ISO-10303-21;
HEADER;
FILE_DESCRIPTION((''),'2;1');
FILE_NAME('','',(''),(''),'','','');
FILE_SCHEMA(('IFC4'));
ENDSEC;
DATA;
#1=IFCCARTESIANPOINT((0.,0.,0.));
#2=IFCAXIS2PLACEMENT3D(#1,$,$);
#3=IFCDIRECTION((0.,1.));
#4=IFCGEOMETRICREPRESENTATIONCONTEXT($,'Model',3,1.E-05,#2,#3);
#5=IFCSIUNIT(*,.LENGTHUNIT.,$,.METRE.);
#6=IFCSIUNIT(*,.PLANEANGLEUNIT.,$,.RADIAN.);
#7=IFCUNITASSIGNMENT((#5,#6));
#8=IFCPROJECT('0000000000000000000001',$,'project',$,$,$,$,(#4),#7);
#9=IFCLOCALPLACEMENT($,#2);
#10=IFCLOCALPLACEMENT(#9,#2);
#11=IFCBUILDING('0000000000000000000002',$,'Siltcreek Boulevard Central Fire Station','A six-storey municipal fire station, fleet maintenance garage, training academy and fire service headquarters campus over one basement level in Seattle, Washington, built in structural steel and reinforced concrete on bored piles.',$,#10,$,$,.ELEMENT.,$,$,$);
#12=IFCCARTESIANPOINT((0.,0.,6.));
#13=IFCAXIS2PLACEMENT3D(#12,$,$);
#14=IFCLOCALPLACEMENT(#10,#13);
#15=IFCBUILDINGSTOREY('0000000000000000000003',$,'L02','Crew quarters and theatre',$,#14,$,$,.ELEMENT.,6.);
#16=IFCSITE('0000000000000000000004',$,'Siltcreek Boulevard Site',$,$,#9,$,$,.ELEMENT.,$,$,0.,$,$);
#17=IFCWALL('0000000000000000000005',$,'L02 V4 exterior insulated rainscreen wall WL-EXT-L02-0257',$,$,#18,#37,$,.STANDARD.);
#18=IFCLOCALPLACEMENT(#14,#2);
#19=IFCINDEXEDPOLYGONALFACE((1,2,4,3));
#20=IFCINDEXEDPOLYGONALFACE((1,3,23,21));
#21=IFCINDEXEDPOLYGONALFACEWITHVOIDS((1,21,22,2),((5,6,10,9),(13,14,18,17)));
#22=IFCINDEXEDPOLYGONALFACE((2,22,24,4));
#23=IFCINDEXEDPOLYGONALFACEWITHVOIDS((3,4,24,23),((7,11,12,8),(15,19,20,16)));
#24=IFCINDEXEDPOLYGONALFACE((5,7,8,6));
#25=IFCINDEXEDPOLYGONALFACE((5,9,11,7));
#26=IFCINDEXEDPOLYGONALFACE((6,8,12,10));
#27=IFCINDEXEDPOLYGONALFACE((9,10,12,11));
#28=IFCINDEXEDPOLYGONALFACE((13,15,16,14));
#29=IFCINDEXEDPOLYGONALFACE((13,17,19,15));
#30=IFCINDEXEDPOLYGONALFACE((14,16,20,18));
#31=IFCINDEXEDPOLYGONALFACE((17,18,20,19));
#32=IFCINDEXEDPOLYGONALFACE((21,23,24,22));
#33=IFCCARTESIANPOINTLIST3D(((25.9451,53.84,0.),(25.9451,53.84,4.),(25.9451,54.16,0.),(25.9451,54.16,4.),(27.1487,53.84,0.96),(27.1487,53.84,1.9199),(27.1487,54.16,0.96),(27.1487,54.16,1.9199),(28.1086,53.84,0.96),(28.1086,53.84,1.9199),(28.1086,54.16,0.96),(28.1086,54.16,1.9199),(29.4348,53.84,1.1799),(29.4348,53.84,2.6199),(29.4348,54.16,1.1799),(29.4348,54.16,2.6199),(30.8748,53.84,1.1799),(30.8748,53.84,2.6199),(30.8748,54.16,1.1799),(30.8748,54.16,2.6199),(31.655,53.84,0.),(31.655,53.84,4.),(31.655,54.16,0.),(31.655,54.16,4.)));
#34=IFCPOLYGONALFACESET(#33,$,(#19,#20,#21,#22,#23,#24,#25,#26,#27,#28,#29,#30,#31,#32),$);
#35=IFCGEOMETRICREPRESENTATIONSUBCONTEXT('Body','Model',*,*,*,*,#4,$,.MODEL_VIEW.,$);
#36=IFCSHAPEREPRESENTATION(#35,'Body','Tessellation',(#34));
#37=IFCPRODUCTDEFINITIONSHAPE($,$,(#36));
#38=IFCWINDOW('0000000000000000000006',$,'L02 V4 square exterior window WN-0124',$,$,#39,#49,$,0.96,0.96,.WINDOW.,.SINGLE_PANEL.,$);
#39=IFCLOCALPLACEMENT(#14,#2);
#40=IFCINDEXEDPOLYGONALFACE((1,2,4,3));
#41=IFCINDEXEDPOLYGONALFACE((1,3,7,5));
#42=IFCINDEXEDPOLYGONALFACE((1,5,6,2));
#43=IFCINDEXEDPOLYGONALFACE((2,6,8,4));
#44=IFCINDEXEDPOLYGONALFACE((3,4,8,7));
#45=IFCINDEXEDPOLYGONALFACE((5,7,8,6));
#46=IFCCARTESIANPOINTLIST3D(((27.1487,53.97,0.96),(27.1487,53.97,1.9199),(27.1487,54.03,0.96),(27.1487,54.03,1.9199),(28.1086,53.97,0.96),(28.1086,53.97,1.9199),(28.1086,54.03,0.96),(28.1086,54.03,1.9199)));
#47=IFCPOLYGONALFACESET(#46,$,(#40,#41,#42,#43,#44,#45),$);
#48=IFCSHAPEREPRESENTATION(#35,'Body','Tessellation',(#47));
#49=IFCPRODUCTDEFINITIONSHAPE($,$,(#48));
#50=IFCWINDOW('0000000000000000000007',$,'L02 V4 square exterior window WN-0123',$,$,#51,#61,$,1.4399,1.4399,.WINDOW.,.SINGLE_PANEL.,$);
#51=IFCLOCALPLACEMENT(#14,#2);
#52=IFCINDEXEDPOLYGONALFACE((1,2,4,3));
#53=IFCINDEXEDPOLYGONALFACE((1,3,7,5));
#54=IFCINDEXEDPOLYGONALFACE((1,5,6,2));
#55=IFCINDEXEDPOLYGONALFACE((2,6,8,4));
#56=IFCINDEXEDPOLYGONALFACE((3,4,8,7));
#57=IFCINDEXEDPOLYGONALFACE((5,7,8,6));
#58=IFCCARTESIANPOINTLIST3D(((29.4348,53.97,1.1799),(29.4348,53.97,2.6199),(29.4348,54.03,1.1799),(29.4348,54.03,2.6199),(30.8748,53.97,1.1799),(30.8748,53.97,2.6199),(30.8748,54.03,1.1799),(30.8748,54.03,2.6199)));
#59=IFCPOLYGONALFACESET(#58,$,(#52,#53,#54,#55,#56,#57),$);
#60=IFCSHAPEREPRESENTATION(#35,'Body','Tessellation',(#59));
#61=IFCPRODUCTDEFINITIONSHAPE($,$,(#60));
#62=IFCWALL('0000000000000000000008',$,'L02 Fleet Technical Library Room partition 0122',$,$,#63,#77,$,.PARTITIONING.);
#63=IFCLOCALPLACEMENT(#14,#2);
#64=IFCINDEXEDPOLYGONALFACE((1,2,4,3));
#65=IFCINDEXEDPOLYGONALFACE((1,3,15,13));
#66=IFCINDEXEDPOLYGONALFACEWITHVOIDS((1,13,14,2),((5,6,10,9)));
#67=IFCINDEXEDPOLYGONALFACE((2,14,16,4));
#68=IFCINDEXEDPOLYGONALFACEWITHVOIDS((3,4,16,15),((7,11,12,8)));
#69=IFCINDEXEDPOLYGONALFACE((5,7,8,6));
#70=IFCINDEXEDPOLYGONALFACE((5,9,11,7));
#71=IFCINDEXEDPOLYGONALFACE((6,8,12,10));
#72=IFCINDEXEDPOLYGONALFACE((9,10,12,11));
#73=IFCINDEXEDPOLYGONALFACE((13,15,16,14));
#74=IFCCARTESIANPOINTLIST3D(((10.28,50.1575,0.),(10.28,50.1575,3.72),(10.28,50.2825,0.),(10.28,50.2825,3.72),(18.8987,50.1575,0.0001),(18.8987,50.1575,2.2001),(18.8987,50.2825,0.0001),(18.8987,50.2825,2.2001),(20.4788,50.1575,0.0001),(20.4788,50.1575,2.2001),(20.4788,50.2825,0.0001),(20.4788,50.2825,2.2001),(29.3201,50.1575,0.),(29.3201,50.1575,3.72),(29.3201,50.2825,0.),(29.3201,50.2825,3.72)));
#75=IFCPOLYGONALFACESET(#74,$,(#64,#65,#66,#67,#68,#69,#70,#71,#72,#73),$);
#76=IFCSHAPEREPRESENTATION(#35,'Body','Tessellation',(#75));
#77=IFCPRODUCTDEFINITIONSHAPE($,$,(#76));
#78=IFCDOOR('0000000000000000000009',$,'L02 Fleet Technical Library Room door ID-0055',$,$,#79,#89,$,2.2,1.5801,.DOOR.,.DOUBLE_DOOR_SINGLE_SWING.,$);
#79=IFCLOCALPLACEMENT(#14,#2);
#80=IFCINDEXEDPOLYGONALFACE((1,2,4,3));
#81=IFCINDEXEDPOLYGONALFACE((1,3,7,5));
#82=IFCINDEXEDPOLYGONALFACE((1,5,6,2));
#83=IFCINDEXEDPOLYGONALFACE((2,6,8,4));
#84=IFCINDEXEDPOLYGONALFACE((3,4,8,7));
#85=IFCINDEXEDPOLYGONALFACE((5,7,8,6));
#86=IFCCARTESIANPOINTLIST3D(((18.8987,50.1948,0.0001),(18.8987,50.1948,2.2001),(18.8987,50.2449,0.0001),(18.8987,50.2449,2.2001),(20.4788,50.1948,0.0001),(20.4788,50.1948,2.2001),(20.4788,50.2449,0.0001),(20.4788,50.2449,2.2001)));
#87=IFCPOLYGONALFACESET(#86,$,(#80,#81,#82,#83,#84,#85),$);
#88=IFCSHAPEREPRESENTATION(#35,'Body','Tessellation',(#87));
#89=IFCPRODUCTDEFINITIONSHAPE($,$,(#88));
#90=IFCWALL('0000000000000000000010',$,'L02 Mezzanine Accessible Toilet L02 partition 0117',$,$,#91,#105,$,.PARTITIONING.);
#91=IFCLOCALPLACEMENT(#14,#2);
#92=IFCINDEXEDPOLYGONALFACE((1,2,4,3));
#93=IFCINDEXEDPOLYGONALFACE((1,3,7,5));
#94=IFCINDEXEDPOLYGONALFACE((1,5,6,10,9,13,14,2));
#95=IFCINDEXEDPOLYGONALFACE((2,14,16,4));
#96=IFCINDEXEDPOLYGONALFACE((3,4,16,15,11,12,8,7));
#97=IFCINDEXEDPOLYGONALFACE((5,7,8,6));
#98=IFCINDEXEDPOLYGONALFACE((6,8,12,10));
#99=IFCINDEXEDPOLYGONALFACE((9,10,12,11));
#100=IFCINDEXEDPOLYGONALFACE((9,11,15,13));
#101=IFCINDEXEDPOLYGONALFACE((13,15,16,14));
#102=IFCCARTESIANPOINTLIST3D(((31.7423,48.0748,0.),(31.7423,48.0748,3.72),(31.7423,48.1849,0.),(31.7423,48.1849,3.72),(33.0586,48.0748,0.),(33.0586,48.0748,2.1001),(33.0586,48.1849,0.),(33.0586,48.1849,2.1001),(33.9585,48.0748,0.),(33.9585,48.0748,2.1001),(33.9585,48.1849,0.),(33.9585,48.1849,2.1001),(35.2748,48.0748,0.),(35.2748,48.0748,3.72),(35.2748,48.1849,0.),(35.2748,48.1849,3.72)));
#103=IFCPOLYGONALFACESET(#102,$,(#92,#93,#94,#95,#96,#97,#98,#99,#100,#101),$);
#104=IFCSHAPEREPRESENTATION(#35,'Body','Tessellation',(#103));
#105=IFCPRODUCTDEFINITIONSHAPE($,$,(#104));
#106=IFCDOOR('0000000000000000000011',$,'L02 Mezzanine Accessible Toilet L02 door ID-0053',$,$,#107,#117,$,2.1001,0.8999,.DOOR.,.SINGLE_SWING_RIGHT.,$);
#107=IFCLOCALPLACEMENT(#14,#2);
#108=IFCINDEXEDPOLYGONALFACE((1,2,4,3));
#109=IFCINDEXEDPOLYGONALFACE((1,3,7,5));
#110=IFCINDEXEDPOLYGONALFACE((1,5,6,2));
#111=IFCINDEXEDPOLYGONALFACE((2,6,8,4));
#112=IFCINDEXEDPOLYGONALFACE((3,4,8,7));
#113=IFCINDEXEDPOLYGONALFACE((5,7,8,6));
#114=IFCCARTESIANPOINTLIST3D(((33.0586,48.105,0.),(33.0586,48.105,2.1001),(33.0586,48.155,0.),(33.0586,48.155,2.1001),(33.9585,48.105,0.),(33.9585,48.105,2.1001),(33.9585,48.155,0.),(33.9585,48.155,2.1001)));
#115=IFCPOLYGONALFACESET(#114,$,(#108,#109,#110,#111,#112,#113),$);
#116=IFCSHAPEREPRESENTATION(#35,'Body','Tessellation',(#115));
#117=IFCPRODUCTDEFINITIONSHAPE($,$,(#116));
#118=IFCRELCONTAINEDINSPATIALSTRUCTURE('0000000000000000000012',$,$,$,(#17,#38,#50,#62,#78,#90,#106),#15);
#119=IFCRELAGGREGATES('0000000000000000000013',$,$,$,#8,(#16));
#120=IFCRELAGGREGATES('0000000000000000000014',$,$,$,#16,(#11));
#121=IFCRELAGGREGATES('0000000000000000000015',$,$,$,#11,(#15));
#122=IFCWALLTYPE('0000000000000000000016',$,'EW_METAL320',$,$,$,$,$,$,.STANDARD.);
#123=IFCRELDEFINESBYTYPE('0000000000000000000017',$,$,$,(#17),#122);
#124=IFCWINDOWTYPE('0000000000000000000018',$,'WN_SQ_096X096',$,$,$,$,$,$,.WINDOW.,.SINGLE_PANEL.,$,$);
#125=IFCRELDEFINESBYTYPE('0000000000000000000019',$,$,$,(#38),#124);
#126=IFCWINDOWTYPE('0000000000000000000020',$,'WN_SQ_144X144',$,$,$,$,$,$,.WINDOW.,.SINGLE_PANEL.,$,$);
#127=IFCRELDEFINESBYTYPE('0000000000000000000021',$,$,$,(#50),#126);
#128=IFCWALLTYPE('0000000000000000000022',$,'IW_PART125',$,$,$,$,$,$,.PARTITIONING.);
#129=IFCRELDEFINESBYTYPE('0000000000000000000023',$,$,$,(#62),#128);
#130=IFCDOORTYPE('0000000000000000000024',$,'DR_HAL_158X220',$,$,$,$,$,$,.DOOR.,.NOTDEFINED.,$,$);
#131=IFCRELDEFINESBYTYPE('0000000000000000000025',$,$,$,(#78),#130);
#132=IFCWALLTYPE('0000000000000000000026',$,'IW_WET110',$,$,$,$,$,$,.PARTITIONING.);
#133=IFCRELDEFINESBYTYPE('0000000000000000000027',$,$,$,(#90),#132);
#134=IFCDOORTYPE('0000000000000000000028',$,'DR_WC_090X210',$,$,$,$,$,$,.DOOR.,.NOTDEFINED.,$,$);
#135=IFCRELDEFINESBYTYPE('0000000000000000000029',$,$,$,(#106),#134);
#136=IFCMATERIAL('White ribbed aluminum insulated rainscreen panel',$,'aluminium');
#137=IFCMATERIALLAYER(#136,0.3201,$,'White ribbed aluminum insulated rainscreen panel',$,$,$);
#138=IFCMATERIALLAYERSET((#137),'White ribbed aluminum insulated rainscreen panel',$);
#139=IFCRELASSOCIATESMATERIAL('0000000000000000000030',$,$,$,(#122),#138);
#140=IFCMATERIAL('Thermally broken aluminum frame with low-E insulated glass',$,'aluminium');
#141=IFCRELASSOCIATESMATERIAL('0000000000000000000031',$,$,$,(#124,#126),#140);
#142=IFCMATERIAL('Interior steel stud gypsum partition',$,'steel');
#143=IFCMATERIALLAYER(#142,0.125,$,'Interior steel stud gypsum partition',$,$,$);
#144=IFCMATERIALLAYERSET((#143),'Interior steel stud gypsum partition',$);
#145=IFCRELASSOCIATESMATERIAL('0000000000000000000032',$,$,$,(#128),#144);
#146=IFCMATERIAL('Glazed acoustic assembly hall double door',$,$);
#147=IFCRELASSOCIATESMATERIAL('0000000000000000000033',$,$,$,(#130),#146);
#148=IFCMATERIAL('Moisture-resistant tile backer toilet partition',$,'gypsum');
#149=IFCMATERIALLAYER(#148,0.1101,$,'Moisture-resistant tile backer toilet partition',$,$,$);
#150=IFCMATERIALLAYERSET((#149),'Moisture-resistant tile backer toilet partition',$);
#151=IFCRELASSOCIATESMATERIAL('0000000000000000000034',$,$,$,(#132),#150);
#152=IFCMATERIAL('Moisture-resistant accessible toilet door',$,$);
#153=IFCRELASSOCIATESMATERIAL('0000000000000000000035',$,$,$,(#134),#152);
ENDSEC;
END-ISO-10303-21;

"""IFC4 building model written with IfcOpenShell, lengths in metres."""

from ifc_helpers import new_model, si_unit, direction, frame, frame_2d, origin, place, context, subcontext, project, spatial, rectangle, extrude, material, layer, layer_set, type_object, element, fill, save


model = new_model("IFC4")

# Units and contexts
model_context = context("Model", 3, precision=1e-05, world=origin(), true_north=direction((0.0, 1.0)))
body_context = subcontext(model_context, "Body", "Model", "MODEL_VIEW")
ifc_project = project(units=[si_unit("LENGTHUNIT", "METRE"), si_unit("PLANEANGLEUNIT", "RADIAN")], contexts=[model_context])

# Site, building, storey
site_placement = place(None, origin())
site = spatial("IfcSite", under=ifc_project, at=site_placement, Name="Siltcreek Boulevard Site", CompositionType="ELEMENT", RefElevation=0.0)
building_placement = place(site_placement, origin())
building = spatial("IfcBuilding", under=site, at=building_placement, Name="Siltcreek Boulevard Central Fire Station", Description="A six-storey municipal fire station, fleet maintenance garage, training academy and fire service headquarters campus over one basement level in Seattle, Washington, built in structural steel and reinforced concrete on bored piles.", CompositionType="ELEMENT")
storey_placement = place(building_placement, frame((0.0, 0.0, 6.0)))
storey = spatial("IfcBuildingStorey", under=building, at=storey_placement, Name="L02", Description="Crew quarters and theatre", CompositionType="ELEMENT", Elevation=6.0)

# Wall, openings, windows
ifc_material_1 = material(Name="White ribbed aluminum insulated rainscreen panel", Category="aluminium")
ifc_layer_1 = layer(ifc_material_1, 0.3201, Name="White ribbed aluminum insulated rainscreen panel")
ifc_layer_set_1 = layer_set([ifc_layer_1], Name="White ribbed aluminum insulated rainscreen panel")
wall_type_1 = type_object("IfcWallType", Name="EW_METAL320", PredefinedType="STANDARD", material=ifc_layer_set_1)
ifc_material_2 = material(Name="Thermally broken aluminum frame with low-E insulated glass", Category="aluminium")
wall_1_placement = place(storey_placement, frame((31.655, 54.0, 0.0), z_axis=(0.0, 0.0, 1.0), x_axis=(-1.0, 0.0, 0.0)))
wall_1 = element("IfcWall", 1, at=wall_1_placement, inside=storey, type_object=wall_type_1, Name="L02 V4 exterior insulated rainscreen wall WL-EXT-L02-0257", PredefinedType="STANDARD", context=body_context, shape_type="SweptSolid", body=[
    extrude(rectangle(XDim=5.71, YDim=0.3201, at=frame_2d((2.855, 0.0))), origin(), (0.0, 0.0, 1.0), 4.0),
])
opening_1_placement = place(wall_1_placement, frame((0.7803, 0.0, 1.1799)))
opening_1 = element("IfcOpeningElement", 2, at=opening_1_placement, cuts=wall_1, PredefinedType="OPENING", context=body_context, shape_type="SweptSolid", body=[
    extrude(rectangle(XDim=1.4399, YDim=1.4399, at=frame_2d((0.72, 0.72))), frame((0.0, 0.1699, 0.0), z_axis=(0.0, -1.0, 0.0), x_axis=(1.0, 0.0, 0.0)), (0.0, 0.0, 1.0), 0.3401),
])
opening_2_placement = place(wall_1_placement, frame((3.5464, 0.0, 0.96)))
opening_2 = element("IfcOpeningElement", 3, at=opening_2_placement, cuts=wall_1, PredefinedType="OPENING", context=body_context, shape_type="SweptSolid", body=[
    extrude(rectangle(XDim=0.96, YDim=0.96, at=frame_2d((0.48, 0.48))), frame((0.0, 0.1699, 0.0), z_axis=(0.0, -1.0, 0.0), x_axis=(1.0, 0.0, 0.0)), (0.0, 0.0, 1.0), 0.3401),
])
window_type_1 = type_object("IfcWindowType", Name="WN_SQ_096X096", PartitioningType="SINGLE_PANEL", PredefinedType="WINDOW", material=ifc_material_2)
window_1_placement = place(opening_2_placement, origin())
window_1 = element("IfcWindow", 4, at=window_1_placement, inside=storey, type_object=window_type_1, Name="L02 V4 square exterior window WN-0124", OverallHeight=0.96, OverallWidth=0.96, PartitioningType="SINGLE_PANEL", PredefinedType="WINDOW", context=body_context, shape_type="SweptSolid", body=[
    extrude(rectangle(XDim=0.96, YDim=0.96, at=frame_2d((0.48, 0.48))), frame((0.0, 0.03, 0.0), z_axis=(0.0, -1.0, 0.0), x_axis=(1.0, 0.0, 0.0)), (0.0, 0.0, 1.0), 0.0601),
])
fill(opening_2, window_1)
window_type_2 = type_object("IfcWindowType", Name="WN_SQ_144X144", PartitioningType="SINGLE_PANEL", PredefinedType="WINDOW", material=ifc_material_2)
window_2_placement = place(opening_1_placement, origin())
window_2 = element("IfcWindow", 5, at=window_2_placement, inside=storey, type_object=window_type_2, Name="L02 V4 square exterior window WN-0123", OverallHeight=1.4399, OverallWidth=1.4399, PartitioningType="SINGLE_PANEL", PredefinedType="WINDOW", context=body_context, shape_type="SweptSolid", body=[
    extrude(rectangle(XDim=1.4399, YDim=1.4399, at=frame_2d((0.72, 0.72))), frame((0.0, 0.03, 0.0), z_axis=(0.0, -1.0, 0.0), x_axis=(1.0, 0.0, 0.0)), (0.0, 0.0, 1.0), 0.0601),
])
fill(opening_1, window_2)

# Walls, openings, doors
ifc_material_3 = material(Name="Interior steel stud gypsum partition", Category="steel")
ifc_layer_2 = layer(ifc_material_3, 0.125, Name="Interior steel stud gypsum partition")
ifc_layer_set_2 = layer_set([ifc_layer_2], Name="Interior steel stud gypsum partition")
wall_type_2 = type_object("IfcWallType", Name="IW_PART125", PredefinedType="PARTITIONING", material=ifc_layer_set_2)
wall_2_placement = place(storey_placement, frame((29.3201, 50.22, 0.0), z_axis=(0.0, 0.0, 1.0), x_axis=(-1.0, 0.0, 0.0)))
wall_2 = element("IfcWall", 6, at=wall_2_placement, inside=storey, type_object=wall_type_2, Name="L02 Fleet Technical Library Room partition 0122", PredefinedType="PARTITIONING", context=body_context, shape_type="SweptSolid", body=[
    extrude(rectangle(XDim=19.04, YDim=0.125, at=frame_2d((9.52, 0.0))), origin(), (0.0, 0.0, 1.0), 3.72),
])
opening_3_placement = place(wall_2_placement, frame((8.8413, 0.0, 0.0)))
opening_3 = element("IfcOpeningElement", 7, at=opening_3_placement, cuts=wall_2, PredefinedType="OPENING", context=body_context, shape_type="SweptSolid", body=[
    extrude(rectangle(XDim=1.5801, YDim=2.2, at=frame_2d((0.79, 1.1001))), frame((0.0, 0.0725, 0.0), z_axis=(0.0, -1.0, 0.0), x_axis=(1.0, 0.0, 0.0)), (0.0, 0.0, 1.0), 0.145),
])
ifc_material_4 = material(Name="Glazed acoustic assembly hall double door")
door_type_1 = type_object("IfcDoorType", Name="DR_HAL_158X220", OperationType="NOTDEFINED", PredefinedType="DOOR", material=ifc_material_4)
door_1_placement = place(opening_3_placement, frame((1.5801, 0.0, 0.0), z_axis=(0.0, 0.0, 1.0), x_axis=(-1.0, 0.0, 0.0)))
door_1 = element("IfcDoor", 8, at=door_1_placement, inside=storey, type_object=door_type_1, Name="L02 Fleet Technical Library Room door ID-0055", OperationType="DOUBLE_DOOR_SINGLE_SWING", OverallHeight=2.2, OverallWidth=1.5801, PredefinedType="DOOR", context=body_context, shape_type="SweptSolid", body=[
    extrude(rectangle(XDim=1.5801, YDim=2.2, at=frame_2d((0.79, 1.1001))), frame((0.0, 0.0249, 0.0), z_axis=(0.0, -1.0, 0.0), x_axis=(1.0, 0.0, 0.0)), (0.0, 0.0, 1.0), 0.05),
])
fill(opening_3, door_1)
ifc_material_5 = material(Name="Moisture-resistant tile backer toilet partition", Category="gypsum")
ifc_layer_3 = layer(ifc_material_5, 0.1101, Name="Moisture-resistant tile backer toilet partition")
ifc_layer_set_3 = layer_set([ifc_layer_3], Name="Moisture-resistant tile backer toilet partition")
wall_type_3 = type_object("IfcWallType", Name="IW_WET110", PredefinedType="PARTITIONING", material=ifc_layer_set_3)
wall_3_placement = place(storey_placement, frame((31.7424, 48.1299, 0.0), z_axis=(0.0, 0.0, 1.0), x_axis=(1.0, 0.0, 0.0)))
wall_3 = element("IfcWall", 9, at=wall_3_placement, inside=storey, type_object=wall_type_3, Name="L02 Mezzanine Accessible Toilet L02 partition 0117", PredefinedType="PARTITIONING", context=body_context, shape_type="SweptSolid", body=[
    extrude(rectangle(XDim=3.5325, YDim=0.1101, at=frame_2d((1.7661, 0.0))), origin(), (0.0, 0.0, 1.0), 3.72),
])
opening_4_placement = place(wall_3_placement, frame((1.3162, 0.0, 0.0)))
opening_4 = element("IfcOpeningElement", 10, at=opening_4_placement, cuts=wall_3, PredefinedType="OPENING", context=body_context, shape_type="SweptSolid", body=[
    extrude(rectangle(XDim=0.8999, YDim=2.1001, at=frame_2d((0.45, 1.05))), frame((0.0, 0.0649, 0.0), z_axis=(0.0, -1.0, 0.0), x_axis=(1.0, 0.0, 0.0)), (0.0, 0.0, 1.0), 0.1301),
])
ifc_material_6 = material(Name="Moisture-resistant accessible toilet door")
door_type_2 = type_object("IfcDoorType", Name="DR_WC_090X210", OperationType="NOTDEFINED", PredefinedType="DOOR", material=ifc_material_6)
door_2_placement = place(opening_4_placement, frame((0.8999, 0.0, 0.0), z_axis=(0.0, 0.0, 1.0), x_axis=(-1.0, 0.0, 0.0)))
door_2 = element("IfcDoor", 11, at=door_2_placement, inside=storey, type_object=door_type_2, Name="L02 Mezzanine Accessible Toilet L02 door ID-0053", OperationType="SINGLE_SWING_RIGHT", OverallHeight=2.1001, OverallWidth=0.8999, PredefinedType="DOOR", context=body_context, shape_type="SweptSolid", body=[
    extrude(rectangle(XDim=0.8999, YDim=2.1001, at=frame_2d((0.45, 1.05))), frame((0.0, 0.0249, 0.0), z_axis=(0.0, -1.0, 0.0), x_axis=(1.0, 0.0, 0.0)), (0.0, 0.0, 1.0), 0.05),
])
fill(opening_4, door_2)

save(model, "model.ifc")
